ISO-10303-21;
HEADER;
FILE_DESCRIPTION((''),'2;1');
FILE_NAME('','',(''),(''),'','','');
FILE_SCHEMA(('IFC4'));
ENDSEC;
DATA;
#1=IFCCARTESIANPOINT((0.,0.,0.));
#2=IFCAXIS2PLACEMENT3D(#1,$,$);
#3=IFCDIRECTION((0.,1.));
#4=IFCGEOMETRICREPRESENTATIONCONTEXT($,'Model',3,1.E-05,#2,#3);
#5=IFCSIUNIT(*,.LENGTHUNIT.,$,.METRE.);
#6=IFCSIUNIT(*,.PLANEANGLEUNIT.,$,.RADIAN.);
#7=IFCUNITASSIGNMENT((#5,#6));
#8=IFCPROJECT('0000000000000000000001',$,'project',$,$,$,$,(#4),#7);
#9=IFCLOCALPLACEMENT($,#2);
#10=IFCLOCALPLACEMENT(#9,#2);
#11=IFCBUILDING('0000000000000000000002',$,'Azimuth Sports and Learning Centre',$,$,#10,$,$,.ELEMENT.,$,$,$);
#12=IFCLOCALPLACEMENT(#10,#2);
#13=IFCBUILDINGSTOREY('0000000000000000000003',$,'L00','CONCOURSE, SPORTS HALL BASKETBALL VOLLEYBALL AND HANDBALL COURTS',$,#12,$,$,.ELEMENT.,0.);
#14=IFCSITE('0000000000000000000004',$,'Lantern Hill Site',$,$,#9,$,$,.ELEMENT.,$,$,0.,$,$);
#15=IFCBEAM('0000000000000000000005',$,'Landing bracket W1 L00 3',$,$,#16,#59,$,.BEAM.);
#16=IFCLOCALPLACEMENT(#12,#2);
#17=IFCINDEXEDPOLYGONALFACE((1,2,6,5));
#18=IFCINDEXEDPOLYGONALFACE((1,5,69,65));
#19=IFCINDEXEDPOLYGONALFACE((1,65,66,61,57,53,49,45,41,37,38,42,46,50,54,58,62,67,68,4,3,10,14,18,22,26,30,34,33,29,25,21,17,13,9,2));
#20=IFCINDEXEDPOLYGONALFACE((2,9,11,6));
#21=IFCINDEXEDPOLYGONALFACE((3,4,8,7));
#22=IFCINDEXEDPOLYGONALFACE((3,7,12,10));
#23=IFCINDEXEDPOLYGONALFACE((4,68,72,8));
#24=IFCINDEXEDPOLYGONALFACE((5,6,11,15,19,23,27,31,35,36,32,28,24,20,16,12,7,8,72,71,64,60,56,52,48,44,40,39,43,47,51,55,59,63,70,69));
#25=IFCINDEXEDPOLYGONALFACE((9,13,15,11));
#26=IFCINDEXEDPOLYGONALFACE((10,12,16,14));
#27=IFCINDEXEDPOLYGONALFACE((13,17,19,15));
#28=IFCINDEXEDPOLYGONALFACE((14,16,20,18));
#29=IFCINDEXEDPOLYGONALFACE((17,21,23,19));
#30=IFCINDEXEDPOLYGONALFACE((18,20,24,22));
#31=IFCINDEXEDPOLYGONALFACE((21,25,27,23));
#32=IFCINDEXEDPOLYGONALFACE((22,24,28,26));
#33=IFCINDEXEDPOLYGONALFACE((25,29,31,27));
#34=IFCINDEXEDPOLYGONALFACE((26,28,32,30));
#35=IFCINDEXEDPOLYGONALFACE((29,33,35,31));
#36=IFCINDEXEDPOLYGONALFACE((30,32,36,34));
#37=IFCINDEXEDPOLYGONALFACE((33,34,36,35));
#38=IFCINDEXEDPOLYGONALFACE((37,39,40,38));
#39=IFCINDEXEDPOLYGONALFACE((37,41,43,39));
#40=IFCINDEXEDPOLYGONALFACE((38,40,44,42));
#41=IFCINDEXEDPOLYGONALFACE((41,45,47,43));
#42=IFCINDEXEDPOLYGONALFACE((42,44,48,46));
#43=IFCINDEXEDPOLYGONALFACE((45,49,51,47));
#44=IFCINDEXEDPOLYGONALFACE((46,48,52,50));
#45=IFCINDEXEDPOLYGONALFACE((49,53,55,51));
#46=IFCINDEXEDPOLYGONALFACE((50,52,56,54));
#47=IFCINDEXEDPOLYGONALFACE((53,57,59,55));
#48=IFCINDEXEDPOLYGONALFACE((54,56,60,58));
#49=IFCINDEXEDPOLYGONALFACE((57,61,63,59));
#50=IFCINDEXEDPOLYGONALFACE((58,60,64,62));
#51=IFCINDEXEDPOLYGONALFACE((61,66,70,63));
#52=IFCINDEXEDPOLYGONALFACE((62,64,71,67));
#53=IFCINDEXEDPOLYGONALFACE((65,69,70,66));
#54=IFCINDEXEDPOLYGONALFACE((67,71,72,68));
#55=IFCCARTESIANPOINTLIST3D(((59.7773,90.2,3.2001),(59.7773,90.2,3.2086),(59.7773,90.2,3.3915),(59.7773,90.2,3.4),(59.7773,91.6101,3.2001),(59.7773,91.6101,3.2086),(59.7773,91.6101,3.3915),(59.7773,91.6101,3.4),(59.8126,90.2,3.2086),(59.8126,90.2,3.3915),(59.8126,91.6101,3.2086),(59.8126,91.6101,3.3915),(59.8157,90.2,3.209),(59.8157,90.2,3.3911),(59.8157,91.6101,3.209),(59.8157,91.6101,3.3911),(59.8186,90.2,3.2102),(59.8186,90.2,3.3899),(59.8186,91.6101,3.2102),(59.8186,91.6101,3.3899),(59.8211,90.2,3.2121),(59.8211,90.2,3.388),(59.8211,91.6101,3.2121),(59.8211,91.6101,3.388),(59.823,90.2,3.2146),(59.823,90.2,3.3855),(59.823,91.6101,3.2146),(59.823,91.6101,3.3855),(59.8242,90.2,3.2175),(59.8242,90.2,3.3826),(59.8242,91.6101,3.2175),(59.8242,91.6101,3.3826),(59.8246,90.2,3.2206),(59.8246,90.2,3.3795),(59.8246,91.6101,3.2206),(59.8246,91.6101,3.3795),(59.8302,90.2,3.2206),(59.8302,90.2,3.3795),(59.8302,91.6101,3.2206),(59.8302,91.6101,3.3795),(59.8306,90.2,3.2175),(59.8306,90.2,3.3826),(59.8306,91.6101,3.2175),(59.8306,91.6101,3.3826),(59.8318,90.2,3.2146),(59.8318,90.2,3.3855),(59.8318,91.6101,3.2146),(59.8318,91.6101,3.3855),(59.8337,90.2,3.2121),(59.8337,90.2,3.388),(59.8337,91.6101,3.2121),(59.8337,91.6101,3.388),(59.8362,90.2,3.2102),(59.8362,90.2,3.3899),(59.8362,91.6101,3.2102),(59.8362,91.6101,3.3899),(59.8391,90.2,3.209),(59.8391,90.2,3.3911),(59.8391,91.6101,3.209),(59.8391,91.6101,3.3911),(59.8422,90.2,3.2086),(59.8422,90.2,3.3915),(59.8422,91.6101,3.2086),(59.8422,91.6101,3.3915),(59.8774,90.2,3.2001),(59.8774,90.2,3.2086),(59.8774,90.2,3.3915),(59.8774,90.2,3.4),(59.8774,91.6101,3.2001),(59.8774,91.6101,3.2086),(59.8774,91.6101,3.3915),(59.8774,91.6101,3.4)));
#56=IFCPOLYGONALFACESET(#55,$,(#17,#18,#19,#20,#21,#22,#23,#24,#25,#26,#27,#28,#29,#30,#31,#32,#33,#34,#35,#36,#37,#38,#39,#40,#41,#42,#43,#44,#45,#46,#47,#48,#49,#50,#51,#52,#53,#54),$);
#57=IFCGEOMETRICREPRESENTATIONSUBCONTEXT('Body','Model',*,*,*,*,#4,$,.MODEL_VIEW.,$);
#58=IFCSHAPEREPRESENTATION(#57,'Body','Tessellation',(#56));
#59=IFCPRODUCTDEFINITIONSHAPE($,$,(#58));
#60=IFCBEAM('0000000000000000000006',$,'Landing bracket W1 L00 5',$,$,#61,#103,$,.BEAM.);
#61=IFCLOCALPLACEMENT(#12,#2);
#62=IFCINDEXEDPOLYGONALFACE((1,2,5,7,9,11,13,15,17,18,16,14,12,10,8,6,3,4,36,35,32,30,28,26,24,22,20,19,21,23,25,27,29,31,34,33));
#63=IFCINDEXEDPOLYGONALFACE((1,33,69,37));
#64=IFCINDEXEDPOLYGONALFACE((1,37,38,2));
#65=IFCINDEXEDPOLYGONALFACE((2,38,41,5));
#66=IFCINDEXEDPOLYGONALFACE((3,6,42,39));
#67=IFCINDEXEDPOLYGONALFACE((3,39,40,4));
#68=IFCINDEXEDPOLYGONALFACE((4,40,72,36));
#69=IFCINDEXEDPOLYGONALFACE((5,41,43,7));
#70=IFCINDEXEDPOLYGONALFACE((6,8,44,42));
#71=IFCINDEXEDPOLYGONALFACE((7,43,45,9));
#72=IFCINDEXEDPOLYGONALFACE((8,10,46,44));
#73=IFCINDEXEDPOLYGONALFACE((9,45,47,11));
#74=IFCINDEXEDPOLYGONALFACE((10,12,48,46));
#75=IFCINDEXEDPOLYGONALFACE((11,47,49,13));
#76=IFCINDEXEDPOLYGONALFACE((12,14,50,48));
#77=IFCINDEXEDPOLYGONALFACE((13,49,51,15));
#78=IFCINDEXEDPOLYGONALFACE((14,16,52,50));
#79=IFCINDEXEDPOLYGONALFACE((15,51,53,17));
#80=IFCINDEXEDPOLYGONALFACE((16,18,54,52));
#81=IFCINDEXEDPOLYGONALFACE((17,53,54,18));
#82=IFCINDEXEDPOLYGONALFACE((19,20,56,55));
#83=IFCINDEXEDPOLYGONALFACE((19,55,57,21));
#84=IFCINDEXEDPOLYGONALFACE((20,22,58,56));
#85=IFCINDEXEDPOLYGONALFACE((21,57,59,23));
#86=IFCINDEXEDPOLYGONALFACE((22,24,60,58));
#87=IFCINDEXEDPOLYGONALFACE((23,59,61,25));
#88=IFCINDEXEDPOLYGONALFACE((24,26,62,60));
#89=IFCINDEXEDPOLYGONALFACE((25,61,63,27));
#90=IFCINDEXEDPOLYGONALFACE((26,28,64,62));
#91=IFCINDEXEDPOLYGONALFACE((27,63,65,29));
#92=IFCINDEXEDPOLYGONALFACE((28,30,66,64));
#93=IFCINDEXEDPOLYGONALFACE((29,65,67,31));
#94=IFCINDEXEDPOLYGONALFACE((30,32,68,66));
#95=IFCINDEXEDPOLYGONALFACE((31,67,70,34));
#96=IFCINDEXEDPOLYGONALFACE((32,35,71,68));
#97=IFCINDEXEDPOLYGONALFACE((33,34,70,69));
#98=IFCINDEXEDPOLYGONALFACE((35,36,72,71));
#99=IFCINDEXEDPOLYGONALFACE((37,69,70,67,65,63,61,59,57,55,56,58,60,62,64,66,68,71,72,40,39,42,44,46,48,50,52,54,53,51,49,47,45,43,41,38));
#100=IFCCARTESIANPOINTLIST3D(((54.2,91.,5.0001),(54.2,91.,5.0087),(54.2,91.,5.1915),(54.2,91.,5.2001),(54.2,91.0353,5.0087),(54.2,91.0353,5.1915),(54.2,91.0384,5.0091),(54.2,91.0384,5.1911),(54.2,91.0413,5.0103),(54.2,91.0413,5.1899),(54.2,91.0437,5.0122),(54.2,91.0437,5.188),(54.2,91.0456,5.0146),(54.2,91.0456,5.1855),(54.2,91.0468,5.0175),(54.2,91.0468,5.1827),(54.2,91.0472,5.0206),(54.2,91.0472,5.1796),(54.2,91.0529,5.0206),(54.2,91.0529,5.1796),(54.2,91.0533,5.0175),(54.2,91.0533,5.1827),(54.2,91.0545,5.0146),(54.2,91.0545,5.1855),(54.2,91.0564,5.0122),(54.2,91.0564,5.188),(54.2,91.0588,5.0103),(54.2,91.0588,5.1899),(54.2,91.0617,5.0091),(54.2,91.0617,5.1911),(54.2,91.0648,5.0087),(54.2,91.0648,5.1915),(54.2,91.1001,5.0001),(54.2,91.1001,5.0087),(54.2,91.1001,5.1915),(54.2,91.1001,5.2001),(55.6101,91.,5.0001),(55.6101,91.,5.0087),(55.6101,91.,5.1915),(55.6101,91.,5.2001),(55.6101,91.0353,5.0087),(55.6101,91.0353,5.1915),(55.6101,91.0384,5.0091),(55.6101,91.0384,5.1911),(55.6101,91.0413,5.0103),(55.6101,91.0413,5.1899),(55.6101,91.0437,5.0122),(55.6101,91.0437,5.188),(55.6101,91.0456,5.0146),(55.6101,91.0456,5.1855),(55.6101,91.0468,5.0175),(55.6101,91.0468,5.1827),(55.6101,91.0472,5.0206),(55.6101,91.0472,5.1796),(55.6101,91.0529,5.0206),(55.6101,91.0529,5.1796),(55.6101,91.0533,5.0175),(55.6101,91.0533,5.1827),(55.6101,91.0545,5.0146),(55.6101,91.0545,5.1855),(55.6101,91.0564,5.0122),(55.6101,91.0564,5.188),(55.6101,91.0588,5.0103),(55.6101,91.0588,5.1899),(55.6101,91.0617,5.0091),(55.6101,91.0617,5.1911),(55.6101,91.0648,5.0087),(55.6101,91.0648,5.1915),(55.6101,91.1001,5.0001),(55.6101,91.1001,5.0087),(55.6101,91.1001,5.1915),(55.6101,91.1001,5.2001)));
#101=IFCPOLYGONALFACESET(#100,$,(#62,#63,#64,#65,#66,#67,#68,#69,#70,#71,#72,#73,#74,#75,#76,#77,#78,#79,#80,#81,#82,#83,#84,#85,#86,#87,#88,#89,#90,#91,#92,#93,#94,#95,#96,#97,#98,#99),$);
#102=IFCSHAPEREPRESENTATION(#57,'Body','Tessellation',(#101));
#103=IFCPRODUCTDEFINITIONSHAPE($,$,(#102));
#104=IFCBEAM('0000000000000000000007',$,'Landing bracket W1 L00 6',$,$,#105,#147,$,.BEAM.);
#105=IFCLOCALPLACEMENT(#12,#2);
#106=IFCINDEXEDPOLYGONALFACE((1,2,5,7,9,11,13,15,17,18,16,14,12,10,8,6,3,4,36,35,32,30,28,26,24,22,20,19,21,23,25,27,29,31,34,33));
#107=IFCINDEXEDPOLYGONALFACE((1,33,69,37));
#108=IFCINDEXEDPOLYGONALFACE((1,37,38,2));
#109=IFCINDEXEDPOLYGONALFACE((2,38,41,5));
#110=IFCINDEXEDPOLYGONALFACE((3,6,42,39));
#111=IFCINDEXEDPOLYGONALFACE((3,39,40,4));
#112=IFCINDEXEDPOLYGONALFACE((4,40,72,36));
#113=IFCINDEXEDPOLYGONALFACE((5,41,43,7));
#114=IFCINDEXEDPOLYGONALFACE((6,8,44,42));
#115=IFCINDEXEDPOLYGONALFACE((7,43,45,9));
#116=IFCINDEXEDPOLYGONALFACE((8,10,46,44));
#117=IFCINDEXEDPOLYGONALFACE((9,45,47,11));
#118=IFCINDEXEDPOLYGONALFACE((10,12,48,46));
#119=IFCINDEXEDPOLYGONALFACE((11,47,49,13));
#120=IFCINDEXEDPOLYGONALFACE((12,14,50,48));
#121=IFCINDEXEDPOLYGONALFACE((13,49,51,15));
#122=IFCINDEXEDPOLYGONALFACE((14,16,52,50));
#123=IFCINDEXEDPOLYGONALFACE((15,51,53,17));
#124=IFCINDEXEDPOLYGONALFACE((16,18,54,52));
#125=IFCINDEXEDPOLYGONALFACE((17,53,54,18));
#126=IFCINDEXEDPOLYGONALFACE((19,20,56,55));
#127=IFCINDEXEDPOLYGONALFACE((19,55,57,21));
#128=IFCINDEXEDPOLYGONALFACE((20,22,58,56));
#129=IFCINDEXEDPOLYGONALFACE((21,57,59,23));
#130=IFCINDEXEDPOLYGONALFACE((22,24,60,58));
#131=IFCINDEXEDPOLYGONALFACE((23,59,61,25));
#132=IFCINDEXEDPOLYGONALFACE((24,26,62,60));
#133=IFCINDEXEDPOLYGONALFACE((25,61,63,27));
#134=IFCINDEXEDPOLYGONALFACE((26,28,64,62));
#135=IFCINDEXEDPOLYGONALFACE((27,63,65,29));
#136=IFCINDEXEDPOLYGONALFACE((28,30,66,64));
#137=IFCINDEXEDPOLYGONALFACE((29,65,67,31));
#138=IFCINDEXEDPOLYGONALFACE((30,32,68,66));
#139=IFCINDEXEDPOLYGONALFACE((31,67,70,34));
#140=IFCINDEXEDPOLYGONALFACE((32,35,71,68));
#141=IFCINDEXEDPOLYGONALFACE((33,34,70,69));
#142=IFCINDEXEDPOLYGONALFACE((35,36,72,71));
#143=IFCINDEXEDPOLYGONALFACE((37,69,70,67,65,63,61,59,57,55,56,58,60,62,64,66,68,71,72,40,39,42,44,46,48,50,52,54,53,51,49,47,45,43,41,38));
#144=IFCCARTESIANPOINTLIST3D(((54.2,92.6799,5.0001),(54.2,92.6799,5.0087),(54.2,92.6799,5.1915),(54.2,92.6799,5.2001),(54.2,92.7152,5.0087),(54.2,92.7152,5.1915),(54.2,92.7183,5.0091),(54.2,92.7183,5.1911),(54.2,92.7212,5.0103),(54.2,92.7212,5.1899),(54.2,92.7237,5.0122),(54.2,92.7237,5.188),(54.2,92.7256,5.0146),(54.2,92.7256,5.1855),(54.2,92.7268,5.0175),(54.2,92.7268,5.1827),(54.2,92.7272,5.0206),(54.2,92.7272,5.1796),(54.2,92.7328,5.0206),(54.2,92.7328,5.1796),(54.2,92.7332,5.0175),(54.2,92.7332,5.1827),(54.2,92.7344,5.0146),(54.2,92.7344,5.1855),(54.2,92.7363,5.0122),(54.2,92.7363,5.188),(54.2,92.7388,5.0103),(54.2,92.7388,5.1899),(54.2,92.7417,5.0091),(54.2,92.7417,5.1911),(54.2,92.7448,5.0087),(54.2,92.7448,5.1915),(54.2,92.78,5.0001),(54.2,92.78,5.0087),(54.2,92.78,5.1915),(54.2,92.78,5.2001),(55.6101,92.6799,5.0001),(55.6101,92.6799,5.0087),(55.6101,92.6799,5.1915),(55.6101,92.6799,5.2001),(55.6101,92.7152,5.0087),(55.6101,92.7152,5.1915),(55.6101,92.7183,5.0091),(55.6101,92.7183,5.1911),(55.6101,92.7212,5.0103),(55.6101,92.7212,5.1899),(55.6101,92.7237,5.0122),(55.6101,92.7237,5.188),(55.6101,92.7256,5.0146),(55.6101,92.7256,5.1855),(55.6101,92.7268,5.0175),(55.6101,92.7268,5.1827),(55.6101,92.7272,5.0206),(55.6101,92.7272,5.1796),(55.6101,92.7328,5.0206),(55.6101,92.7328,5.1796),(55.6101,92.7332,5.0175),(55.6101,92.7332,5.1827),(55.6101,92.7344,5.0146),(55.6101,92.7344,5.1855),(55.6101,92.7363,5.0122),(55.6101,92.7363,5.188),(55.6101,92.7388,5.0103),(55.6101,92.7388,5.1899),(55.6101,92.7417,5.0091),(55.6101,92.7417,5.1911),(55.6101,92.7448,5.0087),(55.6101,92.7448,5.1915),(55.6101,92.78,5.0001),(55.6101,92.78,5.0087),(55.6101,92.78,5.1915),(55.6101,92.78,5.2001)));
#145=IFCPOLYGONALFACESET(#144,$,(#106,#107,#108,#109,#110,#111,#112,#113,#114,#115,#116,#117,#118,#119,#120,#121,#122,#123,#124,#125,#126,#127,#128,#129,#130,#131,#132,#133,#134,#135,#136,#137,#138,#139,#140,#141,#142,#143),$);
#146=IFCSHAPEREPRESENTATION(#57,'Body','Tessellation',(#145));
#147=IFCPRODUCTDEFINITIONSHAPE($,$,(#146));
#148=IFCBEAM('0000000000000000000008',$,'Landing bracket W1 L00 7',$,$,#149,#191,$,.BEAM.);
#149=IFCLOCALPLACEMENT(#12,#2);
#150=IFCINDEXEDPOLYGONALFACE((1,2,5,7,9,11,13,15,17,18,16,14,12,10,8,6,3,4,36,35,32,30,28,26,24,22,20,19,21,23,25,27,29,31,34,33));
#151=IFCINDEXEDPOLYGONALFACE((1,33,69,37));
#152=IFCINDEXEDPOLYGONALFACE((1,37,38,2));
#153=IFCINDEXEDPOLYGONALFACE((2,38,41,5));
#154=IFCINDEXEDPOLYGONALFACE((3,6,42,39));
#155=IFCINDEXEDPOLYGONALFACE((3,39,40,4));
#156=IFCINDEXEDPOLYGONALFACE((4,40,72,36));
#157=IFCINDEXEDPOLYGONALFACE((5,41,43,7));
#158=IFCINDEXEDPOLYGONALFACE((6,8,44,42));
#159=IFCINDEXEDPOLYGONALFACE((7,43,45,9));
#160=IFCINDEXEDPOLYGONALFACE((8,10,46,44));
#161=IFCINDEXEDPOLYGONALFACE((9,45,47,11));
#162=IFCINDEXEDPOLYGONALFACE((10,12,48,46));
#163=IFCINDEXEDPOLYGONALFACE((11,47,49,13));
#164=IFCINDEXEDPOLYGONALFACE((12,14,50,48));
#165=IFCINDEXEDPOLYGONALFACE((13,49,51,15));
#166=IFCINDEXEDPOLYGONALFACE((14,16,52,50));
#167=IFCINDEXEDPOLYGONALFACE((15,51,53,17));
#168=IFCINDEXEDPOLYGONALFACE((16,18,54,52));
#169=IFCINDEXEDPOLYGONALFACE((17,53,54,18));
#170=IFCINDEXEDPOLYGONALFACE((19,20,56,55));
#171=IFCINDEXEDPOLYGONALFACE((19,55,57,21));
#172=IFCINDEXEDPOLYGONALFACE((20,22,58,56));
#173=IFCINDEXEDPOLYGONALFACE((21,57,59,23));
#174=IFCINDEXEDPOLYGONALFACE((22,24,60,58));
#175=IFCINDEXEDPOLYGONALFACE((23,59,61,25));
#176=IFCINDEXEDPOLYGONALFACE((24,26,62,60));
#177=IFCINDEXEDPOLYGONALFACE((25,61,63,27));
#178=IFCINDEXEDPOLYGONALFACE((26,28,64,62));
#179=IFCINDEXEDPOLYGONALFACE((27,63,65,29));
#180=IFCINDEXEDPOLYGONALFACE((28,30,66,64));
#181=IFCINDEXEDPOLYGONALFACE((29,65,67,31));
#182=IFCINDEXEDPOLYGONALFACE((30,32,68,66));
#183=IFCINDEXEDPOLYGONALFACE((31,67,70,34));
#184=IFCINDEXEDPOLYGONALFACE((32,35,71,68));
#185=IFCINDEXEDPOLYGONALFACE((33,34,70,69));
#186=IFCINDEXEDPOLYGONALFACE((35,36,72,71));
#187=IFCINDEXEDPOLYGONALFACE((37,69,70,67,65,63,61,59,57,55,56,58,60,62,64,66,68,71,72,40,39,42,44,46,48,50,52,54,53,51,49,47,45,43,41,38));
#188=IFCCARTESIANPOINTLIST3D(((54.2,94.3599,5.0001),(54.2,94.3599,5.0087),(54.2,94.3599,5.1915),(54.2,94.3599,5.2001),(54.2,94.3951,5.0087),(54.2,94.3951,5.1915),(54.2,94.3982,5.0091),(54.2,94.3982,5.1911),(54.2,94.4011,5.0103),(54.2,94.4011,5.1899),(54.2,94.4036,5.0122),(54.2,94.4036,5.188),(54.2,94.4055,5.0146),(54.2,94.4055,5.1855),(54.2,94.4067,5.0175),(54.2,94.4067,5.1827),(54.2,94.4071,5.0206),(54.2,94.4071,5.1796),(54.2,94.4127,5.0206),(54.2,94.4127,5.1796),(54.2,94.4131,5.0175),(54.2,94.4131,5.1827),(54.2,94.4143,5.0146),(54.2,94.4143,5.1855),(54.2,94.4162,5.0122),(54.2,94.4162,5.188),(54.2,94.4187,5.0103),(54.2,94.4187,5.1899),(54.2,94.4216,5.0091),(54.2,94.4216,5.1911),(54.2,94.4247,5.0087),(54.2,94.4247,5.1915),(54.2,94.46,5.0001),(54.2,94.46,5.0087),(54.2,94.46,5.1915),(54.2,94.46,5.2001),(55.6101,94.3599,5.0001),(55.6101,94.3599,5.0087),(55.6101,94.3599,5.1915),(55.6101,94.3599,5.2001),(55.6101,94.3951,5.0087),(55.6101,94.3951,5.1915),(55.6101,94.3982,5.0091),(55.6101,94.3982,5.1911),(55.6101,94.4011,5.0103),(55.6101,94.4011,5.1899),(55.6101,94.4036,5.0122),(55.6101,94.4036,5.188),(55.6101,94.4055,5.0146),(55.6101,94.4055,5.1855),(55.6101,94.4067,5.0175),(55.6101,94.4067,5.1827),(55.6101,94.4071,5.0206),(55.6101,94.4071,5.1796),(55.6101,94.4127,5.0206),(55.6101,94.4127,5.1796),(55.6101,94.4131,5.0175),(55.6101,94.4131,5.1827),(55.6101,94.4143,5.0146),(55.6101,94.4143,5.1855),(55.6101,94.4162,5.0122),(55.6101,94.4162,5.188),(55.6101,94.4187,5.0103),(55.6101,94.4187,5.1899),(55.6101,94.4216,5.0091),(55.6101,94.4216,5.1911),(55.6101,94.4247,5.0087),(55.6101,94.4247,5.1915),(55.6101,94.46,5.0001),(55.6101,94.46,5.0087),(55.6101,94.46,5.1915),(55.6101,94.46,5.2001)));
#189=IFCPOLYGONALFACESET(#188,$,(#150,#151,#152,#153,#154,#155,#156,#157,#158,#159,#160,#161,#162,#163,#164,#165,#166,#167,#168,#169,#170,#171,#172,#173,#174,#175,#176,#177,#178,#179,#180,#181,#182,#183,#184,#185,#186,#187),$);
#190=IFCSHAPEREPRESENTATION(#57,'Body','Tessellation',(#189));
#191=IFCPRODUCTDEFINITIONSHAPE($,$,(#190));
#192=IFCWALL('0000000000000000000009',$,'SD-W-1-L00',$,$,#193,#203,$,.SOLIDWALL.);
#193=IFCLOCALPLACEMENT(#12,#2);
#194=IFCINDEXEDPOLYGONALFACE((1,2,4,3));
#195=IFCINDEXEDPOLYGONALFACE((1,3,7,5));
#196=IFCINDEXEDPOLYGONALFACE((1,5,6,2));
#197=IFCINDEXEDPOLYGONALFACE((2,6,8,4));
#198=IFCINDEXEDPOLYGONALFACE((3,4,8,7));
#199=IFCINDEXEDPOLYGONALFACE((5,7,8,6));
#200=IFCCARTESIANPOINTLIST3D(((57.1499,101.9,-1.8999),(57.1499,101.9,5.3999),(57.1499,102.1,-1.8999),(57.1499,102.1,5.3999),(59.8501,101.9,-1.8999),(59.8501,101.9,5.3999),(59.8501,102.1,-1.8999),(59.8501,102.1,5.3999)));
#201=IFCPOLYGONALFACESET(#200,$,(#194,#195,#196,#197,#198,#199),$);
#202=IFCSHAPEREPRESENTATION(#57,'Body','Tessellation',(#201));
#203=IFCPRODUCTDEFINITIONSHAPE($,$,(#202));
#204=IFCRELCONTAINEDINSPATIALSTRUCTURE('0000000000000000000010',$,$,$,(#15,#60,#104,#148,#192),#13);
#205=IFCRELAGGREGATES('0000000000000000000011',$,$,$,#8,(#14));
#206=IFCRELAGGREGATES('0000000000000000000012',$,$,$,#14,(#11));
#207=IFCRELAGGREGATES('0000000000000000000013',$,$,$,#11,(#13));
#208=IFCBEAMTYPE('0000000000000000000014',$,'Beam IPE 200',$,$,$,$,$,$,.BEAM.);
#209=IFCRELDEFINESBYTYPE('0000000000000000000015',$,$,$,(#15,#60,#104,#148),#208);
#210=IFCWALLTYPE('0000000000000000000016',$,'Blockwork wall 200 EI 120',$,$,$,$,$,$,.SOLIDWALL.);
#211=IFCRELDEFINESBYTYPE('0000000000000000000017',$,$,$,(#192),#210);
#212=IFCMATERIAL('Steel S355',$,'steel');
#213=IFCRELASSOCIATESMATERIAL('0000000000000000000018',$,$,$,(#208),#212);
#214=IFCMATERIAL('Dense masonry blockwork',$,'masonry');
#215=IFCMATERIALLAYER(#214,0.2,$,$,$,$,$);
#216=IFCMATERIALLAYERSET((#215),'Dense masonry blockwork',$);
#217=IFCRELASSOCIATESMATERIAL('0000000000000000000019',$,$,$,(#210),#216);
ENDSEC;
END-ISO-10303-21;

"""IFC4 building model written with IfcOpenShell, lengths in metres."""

from ifc_helpers import new_model, si_unit, direction, frame, frame_2d, origin, origin_2d, place, context, subcontext, project, spatial, rectangle, i_section, extrude, material, layer, layer_set, material_profile, profile_set, type_object, element, save


model = new_model("IFC4")

# Units and contexts
model_context = context("Model", 3, precision=1e-05, world=origin(), true_north=direction((0.0, 1.0)))
body_context = subcontext(model_context, "Body", "Model", "MODEL_VIEW")
ifc_project = project(units=[si_unit("LENGTHUNIT", "METRE"), si_unit("PLANEANGLEUNIT", "RADIAN")], contexts=[model_context])

# Site, building, storey
site_placement = place(None, origin())
site = spatial("IfcSite", under=ifc_project, at=site_placement, Name="Lantern Hill Site", CompositionType="ELEMENT", RefElevation=0.0)
building_placement = place(site_placement, origin())
building = spatial("IfcBuilding", under=site, at=building_placement, Name="Azimuth Sports and Learning Centre", CompositionType="ELEMENT")
storey_placement = place(building_placement, origin())
storey = spatial("IfcBuildingStorey", under=building, at=storey_placement, Name="L00", Description="CONCOURSE, SPORTS HALL BASKETBALL VOLLEYBALL AND HANDBALL COURTS", CompositionType="ELEMENT", Elevation=0.0)

# Beams
ifc_material_1 = material(Name="Steel S355", Category="steel")
ifc_material_profile_1 = material_profile(ifc_material_1, i_section(OverallWidth=0.1001, OverallDepth=0.2, WebThickness=0.0056, FlangeThickness=0.0085, FilletRadius=0.012, at=origin_2d()), Name="IPE 200")
ifc_profile_set_1 = profile_set([ifc_material_profile_1], Name="Steel S355")
beam_type = type_object("IfcBeamType", Name="Beam IPE 200", PredefinedType="BEAM", material=ifc_profile_set_1)
for number, where, z_axis, x_axis, name in (
    (1, (59.8274, 90.2, 3.3), (0.0, 1.0, 0.0), (-1.0, 0.0, 0.0), "Landing bracket W1 L00 3"),
    (2, (54.2, 91.05, 5.1001), (1.0, 0.0, 0.0), (0.0, 1.0, 0.0), "Landing bracket W1 L00 5"),
    (3, (54.2, 92.73, 5.1001), (1.0, 0.0, 0.0), (0.0, 1.0, 0.0), "Landing bracket W1 L00 6"),
    (4, (54.2, 94.4099, 5.1001), (1.0, 0.0, 0.0), (0.0, 1.0, 0.0), "Landing bracket W1 L00 7"),
):
    element("IfcBeam", number, at=place(storey_placement, frame(where, z_axis=z_axis, x_axis=x_axis)), inside=storey, type_object=beam_type, Name=name, PredefinedType="BEAM", context=body_context, shape_type="SweptSolid", body=[
        extrude(i_section(OverallWidth=0.1001, OverallDepth=0.2, WebThickness=0.0056, FlangeThickness=0.0085, FilletRadius=0.012, at=origin_2d()), origin(), (0.0, 0.0, 1.0), 1.4102),
    ])

# Wall
ifc_material_2 = material(Name="Dense masonry blockwork", Category="masonry")
ifc_layer_1 = layer(ifc_material_2, 0.2)
ifc_layer_set_1 = layer_set([ifc_layer_1], Name="Dense masonry blockwork")
wall_type_1 = type_object("IfcWallType", Name="Blockwork wall 200 EI 120", PredefinedType="SOLIDWALL", material=ifc_layer_set_1)
for number, where, z_axis, x_axis, name in (
    (5, (57.1499, 102.0, -1.8999), (0.0, 0.0, 1.0), (1.0, 0.0, 0.0), "SD-W-1-L00"),
):
    element("IfcWall", number, at=place(storey_placement, frame(where, z_axis=z_axis, x_axis=x_axis)), inside=storey, type_object=wall_type_1, Name=name, PredefinedType="SOLIDWALL", context=body_context, shape_type="SweptSolid", body=[
        extrude(rectangle(XDim=2.7002, YDim=0.2, at=frame_2d((1.3501, 0.0))), origin(), (0.0, 0.0, 1.0), 7.2998),
    ])

save(model, "model.ifc")
